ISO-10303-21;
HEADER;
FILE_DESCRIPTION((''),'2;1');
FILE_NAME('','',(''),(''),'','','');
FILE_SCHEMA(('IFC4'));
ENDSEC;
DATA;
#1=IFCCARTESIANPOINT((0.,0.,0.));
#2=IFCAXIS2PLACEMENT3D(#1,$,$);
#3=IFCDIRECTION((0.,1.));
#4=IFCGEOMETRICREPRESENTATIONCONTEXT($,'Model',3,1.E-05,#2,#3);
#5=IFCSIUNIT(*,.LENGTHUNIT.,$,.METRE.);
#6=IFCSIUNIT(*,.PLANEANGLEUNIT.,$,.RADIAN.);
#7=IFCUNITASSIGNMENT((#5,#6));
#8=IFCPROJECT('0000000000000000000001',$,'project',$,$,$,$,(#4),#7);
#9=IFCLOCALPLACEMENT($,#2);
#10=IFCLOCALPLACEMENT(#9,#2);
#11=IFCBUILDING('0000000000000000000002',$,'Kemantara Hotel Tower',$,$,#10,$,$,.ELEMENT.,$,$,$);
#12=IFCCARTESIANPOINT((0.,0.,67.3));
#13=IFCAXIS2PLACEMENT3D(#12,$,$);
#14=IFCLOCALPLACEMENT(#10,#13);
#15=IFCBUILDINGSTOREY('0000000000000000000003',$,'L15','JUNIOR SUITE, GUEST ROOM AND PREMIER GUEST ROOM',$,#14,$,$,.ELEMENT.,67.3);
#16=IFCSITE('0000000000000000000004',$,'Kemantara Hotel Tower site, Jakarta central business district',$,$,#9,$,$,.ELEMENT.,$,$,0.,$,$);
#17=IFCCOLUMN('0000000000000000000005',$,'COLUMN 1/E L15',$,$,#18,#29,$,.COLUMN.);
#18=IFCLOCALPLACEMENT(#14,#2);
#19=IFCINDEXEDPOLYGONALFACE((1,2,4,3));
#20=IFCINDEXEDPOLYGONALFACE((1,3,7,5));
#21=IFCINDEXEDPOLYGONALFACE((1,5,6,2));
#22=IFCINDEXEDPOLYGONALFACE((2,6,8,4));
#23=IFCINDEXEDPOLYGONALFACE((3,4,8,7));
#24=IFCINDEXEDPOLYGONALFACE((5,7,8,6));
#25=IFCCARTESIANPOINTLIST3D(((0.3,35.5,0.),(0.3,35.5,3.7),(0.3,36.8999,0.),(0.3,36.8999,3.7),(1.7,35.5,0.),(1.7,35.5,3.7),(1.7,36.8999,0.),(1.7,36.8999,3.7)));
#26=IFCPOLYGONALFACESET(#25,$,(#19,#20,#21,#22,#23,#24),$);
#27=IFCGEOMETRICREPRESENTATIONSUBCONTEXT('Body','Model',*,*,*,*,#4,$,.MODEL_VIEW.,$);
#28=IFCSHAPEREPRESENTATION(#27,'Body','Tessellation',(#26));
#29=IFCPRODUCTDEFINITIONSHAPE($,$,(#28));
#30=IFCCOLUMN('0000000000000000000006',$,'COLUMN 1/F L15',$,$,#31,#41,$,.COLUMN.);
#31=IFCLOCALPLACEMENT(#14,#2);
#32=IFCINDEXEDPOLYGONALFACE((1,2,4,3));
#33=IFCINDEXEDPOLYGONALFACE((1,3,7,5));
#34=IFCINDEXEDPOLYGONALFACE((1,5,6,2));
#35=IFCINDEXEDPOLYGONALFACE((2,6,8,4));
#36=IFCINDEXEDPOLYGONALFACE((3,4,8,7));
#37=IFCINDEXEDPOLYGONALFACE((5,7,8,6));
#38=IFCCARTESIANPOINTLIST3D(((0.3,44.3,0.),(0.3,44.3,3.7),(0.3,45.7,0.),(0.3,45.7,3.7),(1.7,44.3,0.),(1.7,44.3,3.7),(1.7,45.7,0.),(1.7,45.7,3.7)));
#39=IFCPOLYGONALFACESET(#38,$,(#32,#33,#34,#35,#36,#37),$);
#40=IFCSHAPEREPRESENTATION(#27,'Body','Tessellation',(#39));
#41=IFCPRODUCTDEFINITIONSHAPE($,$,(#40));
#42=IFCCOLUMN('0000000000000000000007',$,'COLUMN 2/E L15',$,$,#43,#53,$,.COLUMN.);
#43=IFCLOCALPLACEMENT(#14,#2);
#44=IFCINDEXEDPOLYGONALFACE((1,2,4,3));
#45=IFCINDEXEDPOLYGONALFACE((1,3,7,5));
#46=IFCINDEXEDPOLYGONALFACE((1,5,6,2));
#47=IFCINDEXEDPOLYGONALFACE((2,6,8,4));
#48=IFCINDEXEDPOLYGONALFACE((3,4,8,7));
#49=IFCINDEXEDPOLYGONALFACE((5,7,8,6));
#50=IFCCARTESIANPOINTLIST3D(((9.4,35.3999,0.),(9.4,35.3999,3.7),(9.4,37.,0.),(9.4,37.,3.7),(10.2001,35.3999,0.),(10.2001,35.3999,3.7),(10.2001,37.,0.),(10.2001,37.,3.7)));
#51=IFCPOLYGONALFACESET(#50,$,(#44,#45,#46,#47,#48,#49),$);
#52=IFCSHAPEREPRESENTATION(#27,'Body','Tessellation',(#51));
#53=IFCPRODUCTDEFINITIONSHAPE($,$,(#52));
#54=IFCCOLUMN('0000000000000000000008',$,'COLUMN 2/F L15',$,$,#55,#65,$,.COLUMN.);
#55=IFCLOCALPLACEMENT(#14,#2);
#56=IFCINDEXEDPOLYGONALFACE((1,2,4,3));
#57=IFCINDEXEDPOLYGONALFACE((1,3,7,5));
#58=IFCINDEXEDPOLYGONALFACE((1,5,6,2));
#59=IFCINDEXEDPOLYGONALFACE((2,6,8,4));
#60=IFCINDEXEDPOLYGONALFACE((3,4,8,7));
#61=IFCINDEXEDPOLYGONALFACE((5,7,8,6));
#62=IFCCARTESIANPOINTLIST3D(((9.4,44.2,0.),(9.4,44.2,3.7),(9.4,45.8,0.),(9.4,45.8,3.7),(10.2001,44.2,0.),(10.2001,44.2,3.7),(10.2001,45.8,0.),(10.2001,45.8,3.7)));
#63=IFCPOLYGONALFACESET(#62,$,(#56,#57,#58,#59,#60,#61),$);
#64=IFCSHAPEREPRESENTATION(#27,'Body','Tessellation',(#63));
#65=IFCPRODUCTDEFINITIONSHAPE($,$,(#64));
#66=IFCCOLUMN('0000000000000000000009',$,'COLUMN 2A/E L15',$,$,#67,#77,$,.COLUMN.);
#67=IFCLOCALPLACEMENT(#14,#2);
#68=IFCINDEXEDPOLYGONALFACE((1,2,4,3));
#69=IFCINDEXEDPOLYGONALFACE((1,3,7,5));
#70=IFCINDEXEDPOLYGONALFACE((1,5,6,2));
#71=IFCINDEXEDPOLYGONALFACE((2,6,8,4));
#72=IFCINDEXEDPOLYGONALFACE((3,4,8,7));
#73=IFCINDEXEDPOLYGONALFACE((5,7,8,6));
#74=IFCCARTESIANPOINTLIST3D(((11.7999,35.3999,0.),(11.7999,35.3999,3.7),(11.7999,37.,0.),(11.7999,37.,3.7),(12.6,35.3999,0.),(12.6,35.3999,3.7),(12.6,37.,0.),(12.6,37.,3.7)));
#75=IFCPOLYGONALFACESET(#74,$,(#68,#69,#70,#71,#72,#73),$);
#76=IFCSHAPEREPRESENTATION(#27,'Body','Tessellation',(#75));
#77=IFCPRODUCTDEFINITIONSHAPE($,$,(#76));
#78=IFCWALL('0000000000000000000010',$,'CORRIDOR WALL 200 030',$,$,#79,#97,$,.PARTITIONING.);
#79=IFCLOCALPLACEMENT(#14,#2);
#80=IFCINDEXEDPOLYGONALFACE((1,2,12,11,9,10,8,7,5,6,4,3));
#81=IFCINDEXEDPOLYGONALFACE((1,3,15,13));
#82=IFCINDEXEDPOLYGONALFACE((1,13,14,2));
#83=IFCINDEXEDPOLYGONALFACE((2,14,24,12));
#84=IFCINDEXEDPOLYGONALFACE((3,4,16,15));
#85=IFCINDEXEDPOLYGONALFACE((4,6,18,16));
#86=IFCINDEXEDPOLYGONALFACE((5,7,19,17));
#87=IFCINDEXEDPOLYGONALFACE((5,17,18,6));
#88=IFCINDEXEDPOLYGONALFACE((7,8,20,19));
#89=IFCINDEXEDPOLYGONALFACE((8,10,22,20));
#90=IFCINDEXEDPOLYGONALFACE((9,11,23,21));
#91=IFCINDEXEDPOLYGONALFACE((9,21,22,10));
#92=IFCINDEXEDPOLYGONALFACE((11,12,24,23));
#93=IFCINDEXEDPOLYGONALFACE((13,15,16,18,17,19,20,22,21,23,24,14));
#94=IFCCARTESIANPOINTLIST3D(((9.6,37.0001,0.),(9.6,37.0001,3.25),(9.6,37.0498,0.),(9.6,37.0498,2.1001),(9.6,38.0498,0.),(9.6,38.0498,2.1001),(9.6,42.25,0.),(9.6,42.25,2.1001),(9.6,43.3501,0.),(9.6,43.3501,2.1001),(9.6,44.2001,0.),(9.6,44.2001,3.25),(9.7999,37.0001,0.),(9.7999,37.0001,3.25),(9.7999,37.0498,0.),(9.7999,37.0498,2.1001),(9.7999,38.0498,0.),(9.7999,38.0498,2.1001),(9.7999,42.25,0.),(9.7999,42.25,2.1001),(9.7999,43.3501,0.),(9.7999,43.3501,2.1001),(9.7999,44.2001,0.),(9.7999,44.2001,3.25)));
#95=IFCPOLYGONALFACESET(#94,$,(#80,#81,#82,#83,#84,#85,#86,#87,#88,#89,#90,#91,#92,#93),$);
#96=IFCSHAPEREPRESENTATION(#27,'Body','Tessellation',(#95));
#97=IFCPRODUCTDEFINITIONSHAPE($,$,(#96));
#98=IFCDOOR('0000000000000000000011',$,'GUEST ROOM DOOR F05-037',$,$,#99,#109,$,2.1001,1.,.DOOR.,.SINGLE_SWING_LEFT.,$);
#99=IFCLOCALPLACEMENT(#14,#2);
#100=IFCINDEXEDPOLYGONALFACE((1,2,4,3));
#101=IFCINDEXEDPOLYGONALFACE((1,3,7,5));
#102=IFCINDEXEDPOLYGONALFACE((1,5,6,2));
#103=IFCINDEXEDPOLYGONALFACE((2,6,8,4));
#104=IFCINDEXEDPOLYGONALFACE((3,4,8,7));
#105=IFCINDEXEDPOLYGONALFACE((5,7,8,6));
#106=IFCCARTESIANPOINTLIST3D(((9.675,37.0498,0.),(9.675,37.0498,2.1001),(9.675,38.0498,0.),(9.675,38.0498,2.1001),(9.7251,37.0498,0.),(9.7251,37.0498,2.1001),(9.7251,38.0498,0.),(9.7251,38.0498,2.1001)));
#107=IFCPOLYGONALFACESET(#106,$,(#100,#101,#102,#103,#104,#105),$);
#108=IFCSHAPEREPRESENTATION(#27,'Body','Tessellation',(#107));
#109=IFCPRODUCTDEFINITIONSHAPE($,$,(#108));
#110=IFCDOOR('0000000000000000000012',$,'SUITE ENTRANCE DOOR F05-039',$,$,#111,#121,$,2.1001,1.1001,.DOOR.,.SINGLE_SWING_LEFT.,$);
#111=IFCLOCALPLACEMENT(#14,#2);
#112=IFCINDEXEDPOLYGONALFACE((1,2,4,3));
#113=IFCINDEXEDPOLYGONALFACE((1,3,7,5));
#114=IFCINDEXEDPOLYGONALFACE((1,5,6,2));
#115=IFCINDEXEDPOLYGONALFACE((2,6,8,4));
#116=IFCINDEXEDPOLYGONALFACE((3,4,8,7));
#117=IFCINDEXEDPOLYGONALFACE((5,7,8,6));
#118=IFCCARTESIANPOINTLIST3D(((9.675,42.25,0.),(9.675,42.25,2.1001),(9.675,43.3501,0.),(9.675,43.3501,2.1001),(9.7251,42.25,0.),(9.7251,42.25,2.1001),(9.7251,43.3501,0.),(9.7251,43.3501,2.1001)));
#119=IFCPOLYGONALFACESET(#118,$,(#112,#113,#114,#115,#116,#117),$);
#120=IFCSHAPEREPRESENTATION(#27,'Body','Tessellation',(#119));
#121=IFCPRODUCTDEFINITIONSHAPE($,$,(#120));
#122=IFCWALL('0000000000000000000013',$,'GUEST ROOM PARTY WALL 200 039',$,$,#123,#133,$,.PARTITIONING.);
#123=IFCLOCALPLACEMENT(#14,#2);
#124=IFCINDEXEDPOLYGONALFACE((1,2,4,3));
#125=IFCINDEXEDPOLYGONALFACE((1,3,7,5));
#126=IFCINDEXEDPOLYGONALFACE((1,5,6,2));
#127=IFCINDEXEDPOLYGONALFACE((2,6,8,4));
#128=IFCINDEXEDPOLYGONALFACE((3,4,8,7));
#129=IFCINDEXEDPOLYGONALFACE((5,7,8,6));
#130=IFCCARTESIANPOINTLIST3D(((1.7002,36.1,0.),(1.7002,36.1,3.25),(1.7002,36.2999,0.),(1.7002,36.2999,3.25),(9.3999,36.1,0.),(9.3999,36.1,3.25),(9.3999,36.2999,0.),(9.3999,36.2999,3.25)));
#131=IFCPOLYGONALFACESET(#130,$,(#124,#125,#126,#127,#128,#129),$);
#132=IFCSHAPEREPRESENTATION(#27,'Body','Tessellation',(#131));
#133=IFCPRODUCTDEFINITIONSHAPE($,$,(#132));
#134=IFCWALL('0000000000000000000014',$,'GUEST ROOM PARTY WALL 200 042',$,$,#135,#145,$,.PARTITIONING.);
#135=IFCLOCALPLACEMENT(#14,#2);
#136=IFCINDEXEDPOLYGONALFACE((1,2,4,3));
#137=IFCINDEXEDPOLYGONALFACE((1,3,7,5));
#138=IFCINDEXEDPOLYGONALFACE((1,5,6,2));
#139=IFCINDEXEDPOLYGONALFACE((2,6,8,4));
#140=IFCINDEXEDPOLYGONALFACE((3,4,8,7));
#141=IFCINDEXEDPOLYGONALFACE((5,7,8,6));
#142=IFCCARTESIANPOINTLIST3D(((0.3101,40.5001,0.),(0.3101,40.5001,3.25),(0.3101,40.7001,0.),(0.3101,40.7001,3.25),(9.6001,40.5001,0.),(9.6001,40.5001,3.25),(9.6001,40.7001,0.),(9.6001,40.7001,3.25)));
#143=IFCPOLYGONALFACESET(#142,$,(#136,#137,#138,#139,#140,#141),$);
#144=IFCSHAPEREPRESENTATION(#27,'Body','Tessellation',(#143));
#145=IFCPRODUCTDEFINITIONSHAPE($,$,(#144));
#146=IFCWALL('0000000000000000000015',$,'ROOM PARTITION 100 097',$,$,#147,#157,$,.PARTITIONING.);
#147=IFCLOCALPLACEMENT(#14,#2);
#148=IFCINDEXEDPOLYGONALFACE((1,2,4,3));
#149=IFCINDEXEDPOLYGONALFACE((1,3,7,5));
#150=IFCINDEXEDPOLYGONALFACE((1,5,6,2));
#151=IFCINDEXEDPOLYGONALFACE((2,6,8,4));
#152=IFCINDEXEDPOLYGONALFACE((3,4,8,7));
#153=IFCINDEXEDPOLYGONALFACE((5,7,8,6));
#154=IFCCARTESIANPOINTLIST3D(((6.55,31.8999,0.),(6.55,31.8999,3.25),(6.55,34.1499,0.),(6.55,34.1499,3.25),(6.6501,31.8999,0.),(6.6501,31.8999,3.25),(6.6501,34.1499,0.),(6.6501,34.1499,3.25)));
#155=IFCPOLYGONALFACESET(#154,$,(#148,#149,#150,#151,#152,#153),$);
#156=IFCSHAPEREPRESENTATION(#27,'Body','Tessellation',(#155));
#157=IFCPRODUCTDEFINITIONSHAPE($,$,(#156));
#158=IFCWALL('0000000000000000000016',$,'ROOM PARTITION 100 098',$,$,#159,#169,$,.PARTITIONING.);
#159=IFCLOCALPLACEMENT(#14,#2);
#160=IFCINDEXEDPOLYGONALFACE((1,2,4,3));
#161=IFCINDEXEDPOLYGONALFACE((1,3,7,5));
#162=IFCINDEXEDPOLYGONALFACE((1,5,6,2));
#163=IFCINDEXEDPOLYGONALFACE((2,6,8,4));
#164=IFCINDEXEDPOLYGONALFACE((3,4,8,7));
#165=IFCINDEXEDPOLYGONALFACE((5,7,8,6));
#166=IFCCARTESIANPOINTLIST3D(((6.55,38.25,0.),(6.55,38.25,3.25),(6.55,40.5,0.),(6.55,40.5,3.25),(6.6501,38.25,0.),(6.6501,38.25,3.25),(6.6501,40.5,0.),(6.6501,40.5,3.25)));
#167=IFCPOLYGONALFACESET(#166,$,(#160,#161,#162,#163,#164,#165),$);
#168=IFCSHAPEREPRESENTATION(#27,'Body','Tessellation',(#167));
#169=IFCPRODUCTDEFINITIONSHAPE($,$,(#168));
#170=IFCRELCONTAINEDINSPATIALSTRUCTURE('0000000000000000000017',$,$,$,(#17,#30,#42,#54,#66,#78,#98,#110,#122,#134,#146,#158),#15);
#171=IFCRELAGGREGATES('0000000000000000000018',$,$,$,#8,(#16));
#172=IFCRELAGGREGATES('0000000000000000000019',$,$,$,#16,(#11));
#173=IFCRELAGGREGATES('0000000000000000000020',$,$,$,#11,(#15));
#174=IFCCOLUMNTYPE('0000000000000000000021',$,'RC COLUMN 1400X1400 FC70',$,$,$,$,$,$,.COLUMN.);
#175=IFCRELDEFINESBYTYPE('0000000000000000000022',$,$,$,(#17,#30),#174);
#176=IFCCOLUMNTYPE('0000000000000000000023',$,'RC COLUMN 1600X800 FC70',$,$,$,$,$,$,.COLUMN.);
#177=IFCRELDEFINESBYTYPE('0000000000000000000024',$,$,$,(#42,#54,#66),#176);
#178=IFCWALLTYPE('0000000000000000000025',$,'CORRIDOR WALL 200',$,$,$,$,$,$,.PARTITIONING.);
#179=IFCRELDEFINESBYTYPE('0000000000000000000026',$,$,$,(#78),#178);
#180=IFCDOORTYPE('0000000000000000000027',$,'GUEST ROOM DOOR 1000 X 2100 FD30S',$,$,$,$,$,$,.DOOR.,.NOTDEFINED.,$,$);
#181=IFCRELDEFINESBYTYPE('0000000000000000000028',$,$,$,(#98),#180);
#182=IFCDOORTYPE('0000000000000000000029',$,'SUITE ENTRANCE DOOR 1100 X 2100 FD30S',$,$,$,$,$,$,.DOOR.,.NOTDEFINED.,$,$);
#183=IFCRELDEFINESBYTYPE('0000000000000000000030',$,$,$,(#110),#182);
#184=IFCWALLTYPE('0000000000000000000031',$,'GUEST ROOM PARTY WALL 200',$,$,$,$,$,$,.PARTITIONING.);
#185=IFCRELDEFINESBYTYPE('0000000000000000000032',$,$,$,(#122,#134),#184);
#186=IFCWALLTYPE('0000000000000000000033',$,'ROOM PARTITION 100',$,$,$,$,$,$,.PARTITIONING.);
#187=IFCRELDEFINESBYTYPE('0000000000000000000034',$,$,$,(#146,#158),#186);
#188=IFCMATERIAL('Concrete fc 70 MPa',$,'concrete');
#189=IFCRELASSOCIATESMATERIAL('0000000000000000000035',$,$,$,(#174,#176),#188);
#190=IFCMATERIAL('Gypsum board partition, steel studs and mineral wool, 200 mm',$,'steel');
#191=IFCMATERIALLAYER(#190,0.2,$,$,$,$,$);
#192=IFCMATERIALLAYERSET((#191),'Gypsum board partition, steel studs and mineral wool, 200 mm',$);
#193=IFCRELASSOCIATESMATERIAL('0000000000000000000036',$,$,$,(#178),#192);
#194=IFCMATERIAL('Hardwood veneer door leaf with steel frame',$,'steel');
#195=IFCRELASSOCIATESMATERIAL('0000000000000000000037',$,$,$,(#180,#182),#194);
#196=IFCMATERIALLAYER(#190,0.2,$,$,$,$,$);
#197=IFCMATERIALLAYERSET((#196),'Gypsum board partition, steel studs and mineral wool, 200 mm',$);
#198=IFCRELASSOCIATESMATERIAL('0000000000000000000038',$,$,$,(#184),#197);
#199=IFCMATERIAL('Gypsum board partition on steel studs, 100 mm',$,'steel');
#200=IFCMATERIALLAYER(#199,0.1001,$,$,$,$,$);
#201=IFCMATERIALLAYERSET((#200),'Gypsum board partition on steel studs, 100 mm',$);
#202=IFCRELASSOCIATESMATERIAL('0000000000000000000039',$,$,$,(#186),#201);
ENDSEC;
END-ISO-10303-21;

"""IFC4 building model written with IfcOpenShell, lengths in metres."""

from ifc_helpers import new_model, si_unit, direction, frame, frame_2d, origin, origin_2d, place, context, subcontext, project, spatial, rectangle, extrude, material, layer, layer_set, material_profile, profile_set, type_object, element, fill, save


model = new_model("IFC4")

# Units and contexts
model_context = context("Model", 3, precision=1e-05, world=origin(), true_north=direction((0.0, 1.0)))
body_context = subcontext(model_context, "Body", "Model", "MODEL_VIEW")
ifc_project = project(units=[si_unit("LENGTHUNIT", "METRE"), si_unit("PLANEANGLEUNIT", "RADIAN")], contexts=[model_context])

# Site, building, storey
site_placement = place(None, origin())
site = spatial("IfcSite", under=ifc_project, at=site_placement, Name="Kemantara Hotel Tower site, Jakarta central business district", CompositionType="ELEMENT", RefElevation=0.0)
building_placement = place(site_placement, origin())
building = spatial("IfcBuilding", under=site, at=building_placement, Name="Kemantara Hotel Tower", CompositionType="ELEMENT")
storey_placement = place(building_placement, frame((0.0, 0.0, 67.3)))
storey = spatial("IfcBuildingStorey", under=building, at=storey_placement, Name="L15", Description="JUNIOR SUITE, GUEST ROOM AND PREMIER GUEST ROOM", CompositionType="ELEMENT", Elevation=67.3)

# Columns
ifc_material_1 = material(Name="Concrete fc 70 MPa", Category="concrete")
ifc_material_profile_1 = material_profile(ifc_material_1, rectangle(XDim=1.3999, YDim=1.3999, at=origin_2d()), Name="RC 1400X1400")
ifc_profile_set_1 = profile_set([ifc_material_profile_1], Name="Concrete fc 70 MPa")
column_type_1 = type_object("IfcColumnType", Name="RC COLUMN 1400X1400 FC70", PredefinedType="COLUMN", material=ifc_profile_set_1)
for number, where, z_axis, x_axis, name in (
    (1, (1.0, 36.2, 0.0), (0.0, 0.0, 1.0), (1.0, 0.0, 0.0), "COLUMN 1/E L15"),
    (2, (1.0, 45.0, 0.0), (0.0, 0.0, 1.0), (1.0, 0.0, 0.0), "COLUMN 1/F L15"),
):
    element("IfcColumn", number, at=place(storey_placement, frame(where, z_axis=z_axis, x_axis=x_axis)), inside=storey, type_object=column_type_1, Name=name, PredefinedType="COLUMN", context=body_context, shape_type="SweptSolid", body=[
        extrude(rectangle(XDim=1.3999, YDim=1.3999, at=origin_2d()), origin(), (0.0, 0.0, 1.0), 3.7),
    ])
ifc_material_profile_2 = material_profile(ifc_material_1, rectangle(XDim=1.6001, YDim=0.8, at=origin_2d()), Name="RC 1600X800")
ifc_profile_set_2 = profile_set([ifc_material_profile_2], Name="Concrete fc 70 MPa")
column_type_2 = type_object("IfcColumnType", Name="RC COLUMN 1600X800 FC70", PredefinedType="COLUMN", material=ifc_profile_set_2)
for number, where, z_axis, x_axis, name in (
    (3, (9.8, 36.2, 0.0), (0.0, 0.0, 1.0), (0.0, 1.0, 0.0), "COLUMN 2/E L15"),
    (4, (9.8, 45.0, 0.0), (0.0, 0.0, 1.0), (0.0, 1.0, 0.0), "COLUMN 2/F L15"),
    (5, (12.2, 36.2, 0.0), (0.0, 0.0, 1.0), (0.0, 1.0, 0.0), "COLUMN 2A/E L15"),
):
    element("IfcColumn", number, at=place(storey_placement, frame(where, z_axis=z_axis, x_axis=x_axis)), inside=storey, type_object=column_type_2, Name=name, PredefinedType="COLUMN", context=body_context, shape_type="SweptSolid", body=[
        extrude(rectangle(XDim=1.6001, YDim=0.8, at=origin_2d()), origin(), (0.0, 0.0, 1.0), 3.7),
    ])

# Wall, openings, doors
ifc_material_2 = material(Name="Gypsum board partition, steel studs and mineral wool, 200 mm", Category="steel")
ifc_layer_1 = layer(ifc_material_2, 0.2)
ifc_layer_set_1 = layer_set([ifc_layer_1], Name="Gypsum board partition, steel studs and mineral wool, 200 mm")
wall_type_1 = type_object("IfcWallType", Name="CORRIDOR WALL 200", PredefinedType="PARTITIONING", material=ifc_layer_set_1)
wall_1_placement = place(storey_placement, frame((9.7, 37.0, 0.0), z_axis=(0.0, 0.0, 1.0), x_axis=(0.0, 1.0, 0.0)))
wall_1 = element("IfcWall", 6, at=wall_1_placement, inside=storey, type_object=wall_type_1, Name="CORRIDOR WALL 200 030", PredefinedType="PARTITIONING", context=body_context, shape_type="SweptSolid", body=[
    extrude(rectangle(XDim=7.2, YDim=0.2, at=frame_2d((3.6001, 0.0))), origin(), (0.0, 0.0, 1.0), 3.25),
])
opening_1_placement = place(wall_1_placement, frame((0.0498, 0.0, 0.0)))
opening_1 = element("IfcOpeningElement", 7, at=opening_1_placement, cuts=wall_1, PredefinedType="OPENING", context=body_context, shape_type="SweptSolid", body=[
    extrude(rectangle(XDim=1.0, YDim=2.1001, at=frame_2d((0.5, 1.05))), frame((0.0, 0.1099, 0.0), z_axis=(0.0, -1.0, 0.0), x_axis=(1.0, 0.0, 0.0)), (0.0, 0.0, 1.0), 0.22),
])
opening_2_placement = place(wall_1_placement, frame((5.25, 0.0, 0.0)))
opening_2 = element("IfcOpeningElement", 8, at=opening_2_placement, cuts=wall_1, PredefinedType="OPENING", context=body_context, shape_type="SweptSolid", body=[
    extrude(rectangle(XDim=1.1001, YDim=2.1001, at=frame_2d((0.55, 1.05))), frame((0.0, 0.1099, 0.0), z_axis=(0.0, -1.0, 0.0), x_axis=(1.0, 0.0, 0.0)), (0.0, 0.0, 1.0), 0.22),
])
ifc_material_3 = material(Name="Hardwood veneer door leaf with steel frame", Category="steel")
door_type_1 = type_object("IfcDoorType", Name="GUEST ROOM DOOR 1000 X 2100 FD30S", OperationType="NOTDEFINED", PredefinedType="DOOR", material=ifc_material_3)
door_1_placement = place(opening_1_placement, origin())
door_1 = element("IfcDoor", 9, at=door_1_placement, inside=storey, type_object=door_type_1, Name="GUEST ROOM DOOR F05-037", OperationType="SINGLE_SWING_LEFT", OverallHeight=2.1001, OverallWidth=1.0, PredefinedType="DOOR", context=body_context, shape_type="SweptSolid", body=[
    extrude(rectangle(XDim=1.0, YDim=2.1001, at=frame_2d((0.5, 1.05))), frame((0.0, 0.0249, 0.0), z_axis=(0.0, -1.0, 0.0), x_axis=(1.0, 0.0, 0.0)), (0.0, 0.0, 1.0), 0.05),
])
fill(opening_1, door_1)
door_type_2 = type_object("IfcDoorType", Name="SUITE ENTRANCE DOOR 1100 X 2100 FD30S", OperationType="NOTDEFINED", PredefinedType="DOOR", material=ifc_material_3)
door_2_placement = place(opening_2_placement, origin())
door_2 = element("IfcDoor", 10, at=door_2_placement, inside=storey, type_object=door_type_2, Name="SUITE ENTRANCE DOOR F05-039", OperationType="SINGLE_SWING_LEFT", OverallHeight=2.1001, OverallWidth=1.1001, PredefinedType="DOOR", context=body_context, shape_type="SweptSolid", body=[
    extrude(rectangle(XDim=1.1001, YDim=2.1001, at=frame_2d((0.55, 1.05))), frame((0.0, 0.0249, 0.0), z_axis=(0.0, -1.0, 0.0), x_axis=(1.0, 0.0, 0.0)), (0.0, 0.0, 1.0), 0.05),
])
fill(opening_2, door_2)

# Walls
ifc_layer_2 = layer(ifc_material_2, 0.2)
ifc_layer_set_2 = layer_set([ifc_layer_2], Name="Gypsum board partition, steel studs and mineral wool, 200 mm")
wall_type_2 = type_object("IfcWallType", Name="GUEST ROOM PARTY WALL 200", PredefinedType="PARTITIONING", material=ifc_layer_set_2)
wall_2_placement = place(storey_placement, frame((1.7002, 36.2, 0.0), z_axis=(0.0, 0.0, 1.0), x_axis=(1.0, 0.0, 0.0)))
element("IfcWall", 11, at=wall_2_placement, inside=storey, type_object=wall_type_2, Name="GUEST ROOM PARTY WALL 200 039", PredefinedType="PARTITIONING", context=body_context, shape_type="SweptSolid", body=[
    extrude(rectangle(XDim=7.6997, YDim=0.2, at=frame_2d((3.8499, 0.0))), origin(), (0.0, 0.0, 1.0), 3.25),
])
wall_3_placement = place(storey_placement, frame((0.3101, 40.6001, 0.0), z_axis=(0.0, 0.0, 1.0), x_axis=(1.0, 0.0, 0.0)))
element("IfcWall", 12, at=wall_3_placement, inside=storey, type_object=wall_type_2, Name="GUEST ROOM PARTY WALL 200 042", PredefinedType="PARTITIONING", context=body_context, shape_type="SweptSolid", body=[
    extrude(rectangle(XDim=9.29, YDim=0.2, at=frame_2d((4.645, 0.0))), origin(), (0.0, 0.0, 1.0), 3.25),
])
ifc_material_4 = material(Name="Gypsum board partition on steel studs, 100 mm", Category="steel")
ifc_layer_3 = layer(ifc_material_4, 0.1001)
ifc_layer_set_3 = layer_set([ifc_layer_3], Name="Gypsum board partition on steel studs, 100 mm")
wall_type_3 = type_object("IfcWallType", Name="ROOM PARTITION 100", PredefinedType="PARTITIONING", material=ifc_layer_set_3)
for number, where, z_axis, x_axis, name in (
    (13, (6.6001, 31.8999, 0.0), (0.0, 0.0, 1.0), (0.0, 1.0, 0.0), "ROOM PARTITION 100 097"),
    (14, (6.6001, 38.25, 0.0), (0.0, 0.0, 1.0), (0.0, 1.0, 0.0), "ROOM PARTITION 100 098"),
):
    element("IfcWall", number, at=place(storey_placement, frame(where, z_axis=z_axis, x_axis=x_axis)), inside=storey, type_object=wall_type_3, Name=name, PredefinedType="PARTITIONING", context=body_context, shape_type="SweptSolid", body=[
        extrude(rectangle(XDim=2.25, YDim=0.1001, at=frame_2d((1.125, 0.0))), origin(), (0.0, 0.0, 1.0), 3.25),
    ])

save(model, "model.ifc")
